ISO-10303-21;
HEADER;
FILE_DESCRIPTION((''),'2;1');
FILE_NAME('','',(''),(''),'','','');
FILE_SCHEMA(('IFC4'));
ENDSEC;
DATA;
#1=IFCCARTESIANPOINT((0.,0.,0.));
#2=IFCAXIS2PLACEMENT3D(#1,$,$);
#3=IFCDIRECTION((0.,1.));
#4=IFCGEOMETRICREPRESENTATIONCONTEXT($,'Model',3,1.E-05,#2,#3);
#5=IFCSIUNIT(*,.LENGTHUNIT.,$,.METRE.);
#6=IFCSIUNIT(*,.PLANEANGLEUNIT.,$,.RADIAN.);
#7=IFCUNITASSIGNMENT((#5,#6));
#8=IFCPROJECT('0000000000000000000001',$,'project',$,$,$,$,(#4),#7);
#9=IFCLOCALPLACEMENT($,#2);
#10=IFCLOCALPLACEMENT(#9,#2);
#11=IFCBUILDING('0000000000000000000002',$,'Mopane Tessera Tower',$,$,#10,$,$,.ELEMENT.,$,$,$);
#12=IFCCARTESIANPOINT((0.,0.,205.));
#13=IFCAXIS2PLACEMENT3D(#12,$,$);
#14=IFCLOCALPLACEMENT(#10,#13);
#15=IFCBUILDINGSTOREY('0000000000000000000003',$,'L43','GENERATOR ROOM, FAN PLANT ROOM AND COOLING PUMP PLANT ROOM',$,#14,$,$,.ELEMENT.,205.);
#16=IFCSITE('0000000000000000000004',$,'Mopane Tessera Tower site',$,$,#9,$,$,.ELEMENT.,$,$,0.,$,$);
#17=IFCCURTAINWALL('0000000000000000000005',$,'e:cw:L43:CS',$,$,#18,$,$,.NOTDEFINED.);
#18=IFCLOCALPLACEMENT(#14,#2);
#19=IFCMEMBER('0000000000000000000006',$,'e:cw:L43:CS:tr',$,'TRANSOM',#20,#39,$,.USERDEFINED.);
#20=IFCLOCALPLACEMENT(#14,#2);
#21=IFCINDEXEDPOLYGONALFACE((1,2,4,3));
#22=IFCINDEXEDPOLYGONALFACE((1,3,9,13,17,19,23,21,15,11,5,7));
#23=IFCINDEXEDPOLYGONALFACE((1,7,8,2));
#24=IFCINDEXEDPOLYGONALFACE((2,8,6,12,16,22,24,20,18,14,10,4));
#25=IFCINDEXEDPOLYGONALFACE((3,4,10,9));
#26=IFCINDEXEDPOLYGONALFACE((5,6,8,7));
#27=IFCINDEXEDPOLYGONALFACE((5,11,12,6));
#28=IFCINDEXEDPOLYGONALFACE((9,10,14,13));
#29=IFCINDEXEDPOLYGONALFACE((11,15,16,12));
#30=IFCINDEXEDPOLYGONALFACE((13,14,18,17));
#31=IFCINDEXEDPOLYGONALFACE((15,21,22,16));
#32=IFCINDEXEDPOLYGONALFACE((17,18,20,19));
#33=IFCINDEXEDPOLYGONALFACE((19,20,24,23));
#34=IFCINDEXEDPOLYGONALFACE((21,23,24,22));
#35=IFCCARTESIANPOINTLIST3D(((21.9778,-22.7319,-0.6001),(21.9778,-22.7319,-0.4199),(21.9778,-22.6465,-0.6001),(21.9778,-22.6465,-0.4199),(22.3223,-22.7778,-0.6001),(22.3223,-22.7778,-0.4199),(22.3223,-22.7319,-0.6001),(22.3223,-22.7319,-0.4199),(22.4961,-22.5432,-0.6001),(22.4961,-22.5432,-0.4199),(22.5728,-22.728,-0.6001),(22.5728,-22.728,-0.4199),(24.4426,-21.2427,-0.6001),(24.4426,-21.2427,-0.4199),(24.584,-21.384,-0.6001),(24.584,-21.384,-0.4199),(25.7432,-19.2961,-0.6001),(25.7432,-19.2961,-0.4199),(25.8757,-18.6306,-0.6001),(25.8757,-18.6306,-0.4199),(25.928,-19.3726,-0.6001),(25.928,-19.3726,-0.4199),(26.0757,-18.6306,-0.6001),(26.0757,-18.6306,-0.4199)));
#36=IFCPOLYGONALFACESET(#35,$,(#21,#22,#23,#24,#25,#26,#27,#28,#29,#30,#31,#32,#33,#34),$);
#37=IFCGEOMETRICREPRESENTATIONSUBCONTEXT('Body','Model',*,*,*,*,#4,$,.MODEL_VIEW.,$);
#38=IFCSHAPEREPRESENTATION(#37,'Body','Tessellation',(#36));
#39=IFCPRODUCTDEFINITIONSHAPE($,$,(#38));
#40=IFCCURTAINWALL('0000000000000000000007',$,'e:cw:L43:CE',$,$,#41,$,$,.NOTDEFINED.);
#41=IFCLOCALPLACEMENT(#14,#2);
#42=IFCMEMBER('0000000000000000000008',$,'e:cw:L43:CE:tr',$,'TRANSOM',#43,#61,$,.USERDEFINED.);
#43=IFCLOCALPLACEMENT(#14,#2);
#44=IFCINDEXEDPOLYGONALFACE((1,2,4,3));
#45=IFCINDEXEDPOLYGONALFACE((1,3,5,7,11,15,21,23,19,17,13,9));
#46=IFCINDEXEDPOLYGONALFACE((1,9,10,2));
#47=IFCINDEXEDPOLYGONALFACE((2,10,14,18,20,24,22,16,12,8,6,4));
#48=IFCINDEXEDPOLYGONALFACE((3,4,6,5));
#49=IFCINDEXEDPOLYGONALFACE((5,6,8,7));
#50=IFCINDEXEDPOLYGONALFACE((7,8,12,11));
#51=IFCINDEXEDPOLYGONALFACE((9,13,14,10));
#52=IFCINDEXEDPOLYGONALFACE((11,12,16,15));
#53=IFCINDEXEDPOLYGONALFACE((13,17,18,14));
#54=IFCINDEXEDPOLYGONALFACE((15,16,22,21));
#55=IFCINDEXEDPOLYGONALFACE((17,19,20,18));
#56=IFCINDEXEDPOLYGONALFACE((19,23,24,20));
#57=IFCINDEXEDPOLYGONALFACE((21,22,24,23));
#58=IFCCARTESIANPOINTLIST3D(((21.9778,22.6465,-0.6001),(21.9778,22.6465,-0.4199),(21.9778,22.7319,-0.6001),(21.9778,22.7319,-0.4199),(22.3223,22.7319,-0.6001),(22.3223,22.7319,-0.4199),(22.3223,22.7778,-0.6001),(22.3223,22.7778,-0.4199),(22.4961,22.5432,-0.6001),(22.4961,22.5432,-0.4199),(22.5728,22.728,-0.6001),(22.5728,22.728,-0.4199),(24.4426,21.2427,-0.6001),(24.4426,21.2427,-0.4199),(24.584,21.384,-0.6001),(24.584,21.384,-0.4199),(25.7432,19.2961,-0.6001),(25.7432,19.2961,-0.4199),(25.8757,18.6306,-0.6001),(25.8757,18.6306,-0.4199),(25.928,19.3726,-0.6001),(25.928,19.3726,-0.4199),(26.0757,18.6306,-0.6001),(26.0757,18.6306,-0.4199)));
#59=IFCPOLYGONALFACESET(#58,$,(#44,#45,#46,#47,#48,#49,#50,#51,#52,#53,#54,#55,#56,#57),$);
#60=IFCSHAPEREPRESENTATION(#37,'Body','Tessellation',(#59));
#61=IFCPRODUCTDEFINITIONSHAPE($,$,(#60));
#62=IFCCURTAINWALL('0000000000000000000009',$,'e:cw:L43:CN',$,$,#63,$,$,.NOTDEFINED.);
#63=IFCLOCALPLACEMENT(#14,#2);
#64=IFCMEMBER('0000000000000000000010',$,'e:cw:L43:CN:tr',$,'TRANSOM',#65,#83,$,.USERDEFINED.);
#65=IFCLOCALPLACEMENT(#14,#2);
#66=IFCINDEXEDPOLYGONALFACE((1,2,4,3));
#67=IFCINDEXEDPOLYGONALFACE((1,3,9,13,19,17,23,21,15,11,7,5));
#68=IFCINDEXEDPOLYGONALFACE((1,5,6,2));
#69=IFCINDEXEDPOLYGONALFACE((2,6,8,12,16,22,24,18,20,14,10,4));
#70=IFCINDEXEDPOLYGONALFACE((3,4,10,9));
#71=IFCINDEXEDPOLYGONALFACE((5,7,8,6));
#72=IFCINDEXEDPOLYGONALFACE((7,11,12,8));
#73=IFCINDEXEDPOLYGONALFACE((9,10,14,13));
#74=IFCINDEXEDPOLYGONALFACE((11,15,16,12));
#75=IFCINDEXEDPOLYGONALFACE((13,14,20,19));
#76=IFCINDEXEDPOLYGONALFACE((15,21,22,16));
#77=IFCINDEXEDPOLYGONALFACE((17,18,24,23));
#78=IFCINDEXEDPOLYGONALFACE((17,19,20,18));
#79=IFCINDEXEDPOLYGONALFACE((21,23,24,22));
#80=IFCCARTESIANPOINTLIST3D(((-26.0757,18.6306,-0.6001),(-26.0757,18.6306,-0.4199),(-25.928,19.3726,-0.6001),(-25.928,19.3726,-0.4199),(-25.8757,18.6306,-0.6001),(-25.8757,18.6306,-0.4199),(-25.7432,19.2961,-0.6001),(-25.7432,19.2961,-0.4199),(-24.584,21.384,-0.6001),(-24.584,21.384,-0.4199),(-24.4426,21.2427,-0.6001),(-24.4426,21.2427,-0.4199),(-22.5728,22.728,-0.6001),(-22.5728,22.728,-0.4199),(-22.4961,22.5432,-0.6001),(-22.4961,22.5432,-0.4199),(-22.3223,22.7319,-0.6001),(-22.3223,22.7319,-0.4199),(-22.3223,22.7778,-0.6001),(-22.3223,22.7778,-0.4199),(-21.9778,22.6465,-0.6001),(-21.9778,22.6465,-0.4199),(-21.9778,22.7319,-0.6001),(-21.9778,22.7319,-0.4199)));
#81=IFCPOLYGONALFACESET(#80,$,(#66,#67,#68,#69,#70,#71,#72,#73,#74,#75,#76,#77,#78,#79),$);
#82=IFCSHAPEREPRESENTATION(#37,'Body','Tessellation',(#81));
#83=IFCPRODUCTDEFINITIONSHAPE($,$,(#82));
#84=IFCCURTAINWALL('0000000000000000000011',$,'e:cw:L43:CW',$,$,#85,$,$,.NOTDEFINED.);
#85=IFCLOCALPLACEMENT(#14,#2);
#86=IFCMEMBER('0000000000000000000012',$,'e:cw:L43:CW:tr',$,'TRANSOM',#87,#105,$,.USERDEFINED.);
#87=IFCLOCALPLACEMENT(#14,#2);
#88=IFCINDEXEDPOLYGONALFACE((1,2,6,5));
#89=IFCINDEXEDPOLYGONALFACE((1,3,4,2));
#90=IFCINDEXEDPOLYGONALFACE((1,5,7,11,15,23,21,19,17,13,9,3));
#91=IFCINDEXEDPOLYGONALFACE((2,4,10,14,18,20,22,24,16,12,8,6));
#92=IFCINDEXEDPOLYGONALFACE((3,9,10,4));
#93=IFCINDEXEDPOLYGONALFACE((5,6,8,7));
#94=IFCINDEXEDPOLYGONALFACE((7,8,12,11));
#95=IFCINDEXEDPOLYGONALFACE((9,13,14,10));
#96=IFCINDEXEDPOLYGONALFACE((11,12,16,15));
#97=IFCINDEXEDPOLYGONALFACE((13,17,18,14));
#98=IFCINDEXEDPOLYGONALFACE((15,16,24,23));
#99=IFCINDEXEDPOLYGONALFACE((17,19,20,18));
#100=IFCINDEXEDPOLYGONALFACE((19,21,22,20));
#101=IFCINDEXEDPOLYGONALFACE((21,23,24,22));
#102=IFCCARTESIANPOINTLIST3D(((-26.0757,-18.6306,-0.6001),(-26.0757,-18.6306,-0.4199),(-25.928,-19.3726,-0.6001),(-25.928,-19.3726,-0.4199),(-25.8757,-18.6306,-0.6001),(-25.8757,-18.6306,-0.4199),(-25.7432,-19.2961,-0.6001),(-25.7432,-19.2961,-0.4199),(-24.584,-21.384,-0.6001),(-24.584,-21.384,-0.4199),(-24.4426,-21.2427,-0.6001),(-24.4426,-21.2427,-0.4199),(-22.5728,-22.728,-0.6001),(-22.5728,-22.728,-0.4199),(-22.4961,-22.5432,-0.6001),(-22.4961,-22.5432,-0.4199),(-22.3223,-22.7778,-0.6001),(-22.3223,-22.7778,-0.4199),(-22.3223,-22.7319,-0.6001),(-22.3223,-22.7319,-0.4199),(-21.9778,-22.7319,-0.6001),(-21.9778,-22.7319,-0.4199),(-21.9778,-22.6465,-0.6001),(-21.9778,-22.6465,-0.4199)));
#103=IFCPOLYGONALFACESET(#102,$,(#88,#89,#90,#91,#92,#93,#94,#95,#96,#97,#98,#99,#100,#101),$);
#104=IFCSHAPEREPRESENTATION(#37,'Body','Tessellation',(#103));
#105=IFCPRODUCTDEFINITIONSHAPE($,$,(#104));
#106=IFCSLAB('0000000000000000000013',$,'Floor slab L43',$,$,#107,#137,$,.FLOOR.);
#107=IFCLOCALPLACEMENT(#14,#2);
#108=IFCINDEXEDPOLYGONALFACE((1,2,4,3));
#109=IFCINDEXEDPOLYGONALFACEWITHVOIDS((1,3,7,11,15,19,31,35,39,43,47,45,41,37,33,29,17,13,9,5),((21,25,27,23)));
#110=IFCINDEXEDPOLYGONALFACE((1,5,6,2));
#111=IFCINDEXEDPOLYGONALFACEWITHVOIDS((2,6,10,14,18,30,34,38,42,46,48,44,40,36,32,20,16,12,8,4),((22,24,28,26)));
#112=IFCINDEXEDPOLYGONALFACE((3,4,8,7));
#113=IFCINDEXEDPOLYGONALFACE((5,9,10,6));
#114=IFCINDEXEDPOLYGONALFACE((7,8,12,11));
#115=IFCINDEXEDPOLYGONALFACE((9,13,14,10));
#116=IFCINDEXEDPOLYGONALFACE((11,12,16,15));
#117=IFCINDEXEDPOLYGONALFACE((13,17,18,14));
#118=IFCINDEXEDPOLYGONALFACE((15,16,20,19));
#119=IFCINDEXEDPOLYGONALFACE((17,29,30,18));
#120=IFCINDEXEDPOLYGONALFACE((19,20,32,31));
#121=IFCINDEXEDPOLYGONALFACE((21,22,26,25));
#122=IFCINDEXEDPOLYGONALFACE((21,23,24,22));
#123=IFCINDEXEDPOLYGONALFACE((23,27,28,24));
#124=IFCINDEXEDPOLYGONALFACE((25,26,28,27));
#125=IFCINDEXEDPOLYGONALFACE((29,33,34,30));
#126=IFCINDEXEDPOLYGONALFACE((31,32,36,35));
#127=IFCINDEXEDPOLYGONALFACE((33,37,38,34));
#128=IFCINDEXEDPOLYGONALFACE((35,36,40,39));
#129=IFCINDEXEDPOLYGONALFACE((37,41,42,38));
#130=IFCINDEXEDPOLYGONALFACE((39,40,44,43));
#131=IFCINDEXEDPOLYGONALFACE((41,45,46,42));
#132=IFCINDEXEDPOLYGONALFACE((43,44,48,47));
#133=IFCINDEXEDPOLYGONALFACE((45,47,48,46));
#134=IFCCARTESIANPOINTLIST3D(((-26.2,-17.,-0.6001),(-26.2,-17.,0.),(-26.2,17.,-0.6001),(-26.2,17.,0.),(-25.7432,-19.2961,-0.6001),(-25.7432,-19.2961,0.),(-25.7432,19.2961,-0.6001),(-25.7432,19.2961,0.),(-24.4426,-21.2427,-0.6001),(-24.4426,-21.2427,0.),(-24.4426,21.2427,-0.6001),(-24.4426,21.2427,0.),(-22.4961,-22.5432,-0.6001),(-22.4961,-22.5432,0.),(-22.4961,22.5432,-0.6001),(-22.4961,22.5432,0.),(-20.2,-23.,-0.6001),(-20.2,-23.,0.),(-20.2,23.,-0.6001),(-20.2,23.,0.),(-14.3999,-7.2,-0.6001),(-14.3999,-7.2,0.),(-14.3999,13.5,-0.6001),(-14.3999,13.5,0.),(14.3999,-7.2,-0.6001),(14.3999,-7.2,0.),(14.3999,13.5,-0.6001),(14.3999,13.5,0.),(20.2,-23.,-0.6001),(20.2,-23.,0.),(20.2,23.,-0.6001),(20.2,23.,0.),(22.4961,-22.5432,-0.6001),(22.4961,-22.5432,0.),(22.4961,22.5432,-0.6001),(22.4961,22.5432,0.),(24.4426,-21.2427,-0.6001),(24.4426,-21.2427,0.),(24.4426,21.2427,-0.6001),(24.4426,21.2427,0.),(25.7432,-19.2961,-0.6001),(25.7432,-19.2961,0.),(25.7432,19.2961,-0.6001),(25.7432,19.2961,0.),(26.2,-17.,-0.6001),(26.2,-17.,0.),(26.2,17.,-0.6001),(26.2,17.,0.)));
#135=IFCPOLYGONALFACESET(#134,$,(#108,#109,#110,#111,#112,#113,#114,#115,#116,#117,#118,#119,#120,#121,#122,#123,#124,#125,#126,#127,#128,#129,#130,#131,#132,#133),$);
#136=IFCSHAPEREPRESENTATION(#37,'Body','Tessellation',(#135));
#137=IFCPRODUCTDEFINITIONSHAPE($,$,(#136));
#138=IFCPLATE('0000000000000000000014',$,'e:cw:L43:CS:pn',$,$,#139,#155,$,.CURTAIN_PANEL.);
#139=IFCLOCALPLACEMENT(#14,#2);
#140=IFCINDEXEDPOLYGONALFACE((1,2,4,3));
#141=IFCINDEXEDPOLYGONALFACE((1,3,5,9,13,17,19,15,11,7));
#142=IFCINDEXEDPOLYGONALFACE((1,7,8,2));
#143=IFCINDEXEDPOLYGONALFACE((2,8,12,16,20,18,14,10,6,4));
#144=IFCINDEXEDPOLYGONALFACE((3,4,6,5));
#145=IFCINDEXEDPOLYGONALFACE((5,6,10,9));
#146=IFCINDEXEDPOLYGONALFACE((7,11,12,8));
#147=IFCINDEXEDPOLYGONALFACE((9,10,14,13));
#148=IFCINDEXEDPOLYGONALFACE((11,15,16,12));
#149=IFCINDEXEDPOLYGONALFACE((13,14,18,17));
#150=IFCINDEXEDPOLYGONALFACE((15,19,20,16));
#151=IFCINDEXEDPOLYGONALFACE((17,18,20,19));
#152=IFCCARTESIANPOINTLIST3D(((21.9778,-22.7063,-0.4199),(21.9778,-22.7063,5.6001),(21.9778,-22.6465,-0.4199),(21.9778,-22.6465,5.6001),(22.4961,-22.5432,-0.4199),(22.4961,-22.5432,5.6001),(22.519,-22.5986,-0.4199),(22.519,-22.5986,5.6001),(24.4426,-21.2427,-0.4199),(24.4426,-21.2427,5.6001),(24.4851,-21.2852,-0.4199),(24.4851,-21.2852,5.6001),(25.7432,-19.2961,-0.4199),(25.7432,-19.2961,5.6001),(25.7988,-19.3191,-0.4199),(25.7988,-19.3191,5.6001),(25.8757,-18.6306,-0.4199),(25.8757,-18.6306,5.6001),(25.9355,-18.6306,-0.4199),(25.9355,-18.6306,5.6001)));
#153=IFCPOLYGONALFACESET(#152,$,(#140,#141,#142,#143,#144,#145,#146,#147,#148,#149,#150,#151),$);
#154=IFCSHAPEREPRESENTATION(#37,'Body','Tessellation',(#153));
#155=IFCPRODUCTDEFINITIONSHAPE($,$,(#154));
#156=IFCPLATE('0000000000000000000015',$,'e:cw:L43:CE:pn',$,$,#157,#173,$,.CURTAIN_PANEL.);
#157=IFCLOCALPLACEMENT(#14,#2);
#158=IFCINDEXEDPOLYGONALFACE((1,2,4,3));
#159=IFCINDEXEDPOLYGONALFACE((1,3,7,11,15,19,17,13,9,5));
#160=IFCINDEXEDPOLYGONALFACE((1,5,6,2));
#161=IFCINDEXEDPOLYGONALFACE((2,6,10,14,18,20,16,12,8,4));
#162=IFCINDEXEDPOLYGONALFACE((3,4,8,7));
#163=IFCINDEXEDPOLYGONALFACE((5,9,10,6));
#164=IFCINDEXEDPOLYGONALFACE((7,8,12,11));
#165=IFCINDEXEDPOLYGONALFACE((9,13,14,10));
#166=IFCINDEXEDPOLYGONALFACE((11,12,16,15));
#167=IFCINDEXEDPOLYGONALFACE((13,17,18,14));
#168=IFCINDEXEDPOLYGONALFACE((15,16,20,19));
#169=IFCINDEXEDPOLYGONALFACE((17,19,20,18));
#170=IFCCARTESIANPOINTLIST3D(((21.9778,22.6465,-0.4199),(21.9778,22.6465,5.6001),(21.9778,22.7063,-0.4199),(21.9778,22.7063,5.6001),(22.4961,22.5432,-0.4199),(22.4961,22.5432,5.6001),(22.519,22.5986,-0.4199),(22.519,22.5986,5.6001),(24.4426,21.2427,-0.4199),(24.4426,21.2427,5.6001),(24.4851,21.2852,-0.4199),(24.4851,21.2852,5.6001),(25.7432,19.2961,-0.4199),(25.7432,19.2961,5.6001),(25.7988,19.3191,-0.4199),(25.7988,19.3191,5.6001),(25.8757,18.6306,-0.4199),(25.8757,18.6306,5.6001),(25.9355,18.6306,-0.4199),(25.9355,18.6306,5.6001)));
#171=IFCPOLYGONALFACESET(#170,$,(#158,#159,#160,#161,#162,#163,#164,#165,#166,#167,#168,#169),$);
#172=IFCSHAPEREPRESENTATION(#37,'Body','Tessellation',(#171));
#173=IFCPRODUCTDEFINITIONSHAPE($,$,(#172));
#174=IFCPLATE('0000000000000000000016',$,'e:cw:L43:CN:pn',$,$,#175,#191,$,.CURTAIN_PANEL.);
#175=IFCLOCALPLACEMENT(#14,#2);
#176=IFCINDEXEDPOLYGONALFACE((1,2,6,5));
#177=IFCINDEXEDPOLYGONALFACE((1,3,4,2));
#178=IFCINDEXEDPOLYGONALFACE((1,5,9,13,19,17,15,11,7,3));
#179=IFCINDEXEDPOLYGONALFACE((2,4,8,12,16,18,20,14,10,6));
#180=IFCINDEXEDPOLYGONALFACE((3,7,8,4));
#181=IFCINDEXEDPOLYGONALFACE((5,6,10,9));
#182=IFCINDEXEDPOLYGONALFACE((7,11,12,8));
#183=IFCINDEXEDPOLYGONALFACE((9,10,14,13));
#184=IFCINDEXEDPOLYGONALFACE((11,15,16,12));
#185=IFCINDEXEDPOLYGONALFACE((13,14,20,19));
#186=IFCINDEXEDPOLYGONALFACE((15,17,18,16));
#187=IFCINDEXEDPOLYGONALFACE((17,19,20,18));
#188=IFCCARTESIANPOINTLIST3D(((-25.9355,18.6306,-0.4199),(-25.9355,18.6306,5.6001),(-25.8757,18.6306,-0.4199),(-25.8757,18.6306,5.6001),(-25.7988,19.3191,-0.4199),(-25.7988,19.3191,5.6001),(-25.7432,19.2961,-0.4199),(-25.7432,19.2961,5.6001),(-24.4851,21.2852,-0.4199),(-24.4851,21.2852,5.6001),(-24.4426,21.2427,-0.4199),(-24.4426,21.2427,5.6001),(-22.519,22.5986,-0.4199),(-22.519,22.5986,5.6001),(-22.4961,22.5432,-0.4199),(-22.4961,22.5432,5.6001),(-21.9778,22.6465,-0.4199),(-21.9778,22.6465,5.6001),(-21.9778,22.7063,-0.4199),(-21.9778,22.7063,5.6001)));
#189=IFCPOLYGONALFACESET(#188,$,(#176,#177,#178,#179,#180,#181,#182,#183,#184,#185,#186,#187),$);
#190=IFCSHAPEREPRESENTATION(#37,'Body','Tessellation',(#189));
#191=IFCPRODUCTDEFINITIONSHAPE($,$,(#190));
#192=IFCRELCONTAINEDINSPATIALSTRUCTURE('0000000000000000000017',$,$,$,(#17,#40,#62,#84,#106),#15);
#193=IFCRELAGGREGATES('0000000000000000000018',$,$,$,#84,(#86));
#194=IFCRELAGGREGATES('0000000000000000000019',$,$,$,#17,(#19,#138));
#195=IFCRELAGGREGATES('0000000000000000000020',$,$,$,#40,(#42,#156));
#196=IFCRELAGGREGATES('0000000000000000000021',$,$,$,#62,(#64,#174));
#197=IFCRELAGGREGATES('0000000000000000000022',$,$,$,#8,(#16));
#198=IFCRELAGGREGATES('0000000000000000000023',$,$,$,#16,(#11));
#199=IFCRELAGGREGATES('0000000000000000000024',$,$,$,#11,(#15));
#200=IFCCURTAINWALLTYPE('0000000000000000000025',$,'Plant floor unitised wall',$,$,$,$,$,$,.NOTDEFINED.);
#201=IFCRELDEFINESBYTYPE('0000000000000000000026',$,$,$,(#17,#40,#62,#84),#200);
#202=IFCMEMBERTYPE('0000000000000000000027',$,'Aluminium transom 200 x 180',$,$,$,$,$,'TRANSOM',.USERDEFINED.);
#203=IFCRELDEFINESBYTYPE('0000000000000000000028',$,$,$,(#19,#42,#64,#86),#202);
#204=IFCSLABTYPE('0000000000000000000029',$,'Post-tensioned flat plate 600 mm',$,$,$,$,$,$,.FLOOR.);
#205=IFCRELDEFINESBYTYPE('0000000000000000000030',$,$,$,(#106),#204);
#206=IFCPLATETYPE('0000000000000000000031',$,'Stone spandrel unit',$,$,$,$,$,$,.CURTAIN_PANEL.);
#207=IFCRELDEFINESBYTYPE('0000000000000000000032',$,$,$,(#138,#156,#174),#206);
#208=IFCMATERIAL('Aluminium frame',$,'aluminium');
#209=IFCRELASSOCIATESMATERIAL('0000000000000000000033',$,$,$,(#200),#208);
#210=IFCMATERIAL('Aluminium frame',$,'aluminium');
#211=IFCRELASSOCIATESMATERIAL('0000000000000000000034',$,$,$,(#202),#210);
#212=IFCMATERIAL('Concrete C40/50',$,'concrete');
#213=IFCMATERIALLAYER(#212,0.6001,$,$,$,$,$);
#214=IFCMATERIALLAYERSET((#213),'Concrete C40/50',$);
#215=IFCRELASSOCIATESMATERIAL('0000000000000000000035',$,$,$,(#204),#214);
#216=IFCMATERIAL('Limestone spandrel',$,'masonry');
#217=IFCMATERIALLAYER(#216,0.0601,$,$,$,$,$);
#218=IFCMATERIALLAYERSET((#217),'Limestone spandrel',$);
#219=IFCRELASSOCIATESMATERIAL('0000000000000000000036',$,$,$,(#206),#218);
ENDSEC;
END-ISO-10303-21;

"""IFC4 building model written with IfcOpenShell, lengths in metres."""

from ifc_helpers import new_model, si_unit, direction, frame, origin, origin_2d, place, context, subcontext, project, spatial, polyline, rectangle, outline, extrude, material, layer, layer_set, material_profile, profile_set, type_object, element, aggregate, save


model = new_model("IFC4")

# Units and contexts
model_context = context("Model", 3, precision=1e-05, world=origin(), true_north=direction((0.0, 1.0)))
body_context = subcontext(model_context, "Body", "Model", "MODEL_VIEW")
ifc_project = project(units=[si_unit("LENGTHUNIT", "METRE"), si_unit("PLANEANGLEUNIT", "RADIAN")], contexts=[model_context])

# Site, building, storey
site_placement = place(None, origin())
site = spatial("IfcSite", under=ifc_project, at=site_placement, Name="Mopane Tessera Tower site", CompositionType="ELEMENT", RefElevation=0.0)
building_placement = place(site_placement, origin())
building = spatial("IfcBuilding", under=site, at=building_placement, Name="Mopane Tessera Tower", CompositionType="ELEMENT")
storey_placement = place(building_placement, frame((0.0, 0.0, 205.0)))
storey = spatial("IfcBuildingStorey", under=building, at=storey_placement, Name="L43", Description="GENERATOR ROOM, FAN PLANT ROOM AND COOLING PUMP PLANT ROOM", CompositionType="ELEMENT", Elevation=205.0)

# Curtain walls, members
ifc_material_1 = material(Name="Aluminium frame", Category="aluminium")
curtain_wall_type = type_object("IfcCurtainWallType", Name="Plant floor unitised wall", PredefinedType="NOTDEFINED", material=ifc_material_1)
curtain_wall_1_placement = place(storey_placement, origin())
curtain_wall_1 = element("IfcCurtainWall", 1, at=curtain_wall_1_placement, inside=storey, type_object=curtain_wall_type, Name="e:cw:L43:CS", PredefinedType="NOTDEFINED")
ifc_material_2 = material(Name="Aluminium frame", Category="aluminium")
ifc_material_profile = material_profile(ifc_material_2, rectangle(XDim=0.2, YDim=0.1799, at=origin_2d()))
ifc_profile_set = profile_set([ifc_material_profile], Name="Aluminium frame")
member_type = type_object("IfcMemberType", Name="Aluminium transom 200 x 180", ElementType="TRANSOM", PredefinedType="USERDEFINED", material=ifc_profile_set)
member_1_placement = place(storey_placement, frame((0.0, 0.0, -0.6001)))
member_1 = element("IfcMember", 2, at=member_1_placement, type_object=member_type, Name="e:cw:L43:CS:tr", ObjectType="TRANSOM", PredefinedType="USERDEFINED", context=body_context, shape_type="SweptSolid", body=[
    extrude(outline(polyline([(24.4426, -21.2427), (25.7432, -19.2961), (25.8757, -18.6306), (26.0757, -18.6306), (25.928, -19.3726), (24.584, -21.384), (22.5728, -22.728), (22.3223, -22.7778), (22.3223, -22.7319), (21.9778, -22.7319), (21.9778, -22.6465), (22.4961, -22.5432), (24.4426, -21.2427)])), origin(), (0.0, 0.0, 1.0), 0.1802),
])
curtain_wall_2_placement = place(storey_placement, origin())
curtain_wall_2 = element("IfcCurtainWall", 3, at=curtain_wall_2_placement, inside=storey, type_object=curtain_wall_type, Name="e:cw:L43:CE", PredefinedType="NOTDEFINED")
member_2_placement = place(storey_placement, frame((0.0, 0.0, -0.6001)))
member_2 = element("IfcMember", 4, at=member_2_placement, type_object=member_type, Name="e:cw:L43:CE:tr", ObjectType="TRANSOM", PredefinedType="USERDEFINED", context=body_context, shape_type="SweptSolid", body=[
    extrude(outline(polyline([(24.4426, 21.2427), (22.4961, 22.5432), (21.9778, 22.6465), (21.9778, 22.7319), (22.3223, 22.7319), (22.3223, 22.7778), (22.5728, 22.728), (24.584, 21.384), (25.928, 19.3726), (26.0757, 18.6306), (25.8757, 18.6306), (25.7432, 19.2961), (24.4426, 21.2427)])), origin(), (0.0, 0.0, 1.0), 0.1802),
])
curtain_wall_3_placement = place(storey_placement, origin())
curtain_wall_3 = element("IfcCurtainWall", 5, at=curtain_wall_3_placement, inside=storey, type_object=curtain_wall_type, Name="e:cw:L43:CN", PredefinedType="NOTDEFINED")
member_3_placement = place(storey_placement, frame((0.0, 0.0, -0.6001)))
member_3 = element("IfcMember", 6, at=member_3_placement, type_object=member_type, Name="e:cw:L43:CN:tr", ObjectType="TRANSOM", PredefinedType="USERDEFINED", context=body_context, shape_type="SweptSolid", body=[
    extrude(outline(polyline([(-24.4426, 21.2427), (-25.7432, 19.2961), (-25.8757, 18.6306), (-26.0757, 18.6306), (-25.928, 19.3726), (-24.584, 21.384), (-22.5728, 22.728), (-22.3223, 22.7778), (-22.3223, 22.7319), (-21.9778, 22.7319), (-21.9778, 22.6465), (-22.4961, 22.5432), (-24.4426, 21.2427)])), origin(), (0.0, 0.0, 1.0), 0.1802),
])
curtain_wall_4_placement = place(storey_placement, origin())
curtain_wall_4 = element("IfcCurtainWall", 7, at=curtain_wall_4_placement, inside=storey, type_object=curtain_wall_type, Name="e:cw:L43:CW", PredefinedType="NOTDEFINED")
member_4_placement = place(storey_placement, frame((0.0, 0.0, -0.6001)))
member_4 = element("IfcMember", 8, at=member_4_placement, type_object=member_type, Name="e:cw:L43:CW:tr", ObjectType="TRANSOM", PredefinedType="USERDEFINED", context=body_context, shape_type="SweptSolid", body=[
    extrude(outline(polyline([(-24.4426, -21.2427), (-22.4961, -22.5432), (-21.9778, -22.6465), (-21.9778, -22.7319), (-22.3223, -22.7319), (-22.3223, -22.7778), (-22.5728, -22.728), (-24.584, -21.384), (-25.928, -19.3726), (-26.0757, -18.6306), (-25.8757, -18.6306), (-25.7432, -19.2961), (-24.4426, -21.2427)])), origin(), (0.0, 0.0, 1.0), 0.1802),
])
aggregate(curtain_wall_4, [member_4])

# Slab
ifc_material_3 = material(Name="Concrete C40/50", Category="concrete")
ifc_layer_1 = layer(ifc_material_3, 0.6001)
ifc_layer_set_1 = layer_set([ifc_layer_1], Name="Concrete C40/50")
slab_type = type_object("IfcSlabType", Name="Post-tensioned flat plate 600 mm", PredefinedType="FLOOR", material=ifc_layer_set_1)
slab_placement = place(storey_placement, frame((0.0, 0.0, -0.6001)))
element("IfcSlab", 9, at=slab_placement, inside=storey, type_object=slab_type, Name="Floor slab L43", PredefinedType="FLOOR", context=body_context, shape_type="SweptSolid", body=[
    extrude(outline(polyline([(-20.2, -23.0), (20.2, -23.0), (22.4961, -22.5432), (24.4426, -21.2427), (25.7432, -19.2961), (26.2, -17.0), (26.2, 17.0), (25.7432, 19.2961), (24.4426, 21.2427), (22.4961, 22.5432), (20.2, 23.0), (-20.2, 23.0), (-22.4961, 22.5432), (-24.4426, 21.2427), (-25.7432, 19.2961), (-26.2, 17.0), (-26.2, -17.0), (-25.7432, -19.2961), (-24.4426, -21.2427), (-22.4961, -22.5432), (-20.2, -23.0)]), holes=[polyline([(14.3999, -7.2), (-14.3999, -7.2), (-14.3999, 13.5), (14.3999, 13.5), (14.3999, -7.2)])]), origin(), (0.0, 0.0, 1.0), 0.6001),
])

# Plates
ifc_material_4 = material(Name="Limestone spandrel", Category="masonry")
ifc_layer_2 = layer(ifc_material_4, 0.0601)
ifc_layer_set_2 = layer_set([ifc_layer_2], Name="Limestone spandrel")
plate_type = type_object("IfcPlateType", Name="Stone spandrel unit", PredefinedType="CURTAIN_PANEL", material=ifc_layer_set_2)
plate_1_placement = place(storey_placement, frame((0.0, 0.0, -0.4199)))
plate_1 = element("IfcPlate", 10, at=plate_1_placement, type_object=plate_type, Name="e:cw:L43:CS:pn", PredefinedType="CURTAIN_PANEL", context=body_context, shape_type="SweptSolid", body=[
    extrude(outline(polyline([(24.4426, -21.2427), (25.7432, -19.2961), (25.8757, -18.6306), (25.9355, -18.6306), (25.7988, -19.3191), (24.4851, -21.2852), (22.519, -22.5986), (21.9778, -22.7063), (21.9778, -22.6465), (22.4961, -22.5432), (24.4426, -21.2427)])), origin(), (0.0, 0.0, 1.0), 6.02),
])
aggregate(curtain_wall_1, [member_1, plate_1])
plate_2_placement = place(storey_placement, frame((0.0, 0.0, -0.4199)))
plate_2 = element("IfcPlate", 11, at=plate_2_placement, type_object=plate_type, Name="e:cw:L43:CE:pn", PredefinedType="CURTAIN_PANEL", context=body_context, shape_type="SweptSolid", body=[
    extrude(outline(polyline([(24.4426, 21.2427), (22.4961, 22.5432), (21.9778, 22.6465), (21.9778, 22.7063), (22.519, 22.5986), (24.4851, 21.2852), (25.7988, 19.3191), (25.9355, 18.6306), (25.8757, 18.6306), (25.7432, 19.2961), (24.4426, 21.2427)])), origin(), (0.0, 0.0, 1.0), 6.02),
])
aggregate(curtain_wall_2, [member_2, plate_2])
plate_3_placement = place(storey_placement, frame((0.0, 0.0, -0.4199)))
plate_3 = element("IfcPlate", 12, at=plate_3_placement, type_object=plate_type, Name="e:cw:L43:CN:pn", PredefinedType="CURTAIN_PANEL", context=body_context, shape_type="SweptSolid", body=[
    extrude(outline(polyline([(-24.4426, 21.2427), (-25.7432, 19.2961), (-25.8757, 18.6306), (-25.9355, 18.6306), (-25.7988, 19.3191), (-24.4851, 21.2852), (-22.519, 22.5986), (-21.9778, 22.7063), (-21.9778, 22.6465), (-22.4961, 22.5432), (-24.4426, 21.2427)])), origin(), (0.0, 0.0, 1.0), 6.02),
])
aggregate(curtain_wall_3, [member_3, plate_3])

save(model, "model.ifc")
